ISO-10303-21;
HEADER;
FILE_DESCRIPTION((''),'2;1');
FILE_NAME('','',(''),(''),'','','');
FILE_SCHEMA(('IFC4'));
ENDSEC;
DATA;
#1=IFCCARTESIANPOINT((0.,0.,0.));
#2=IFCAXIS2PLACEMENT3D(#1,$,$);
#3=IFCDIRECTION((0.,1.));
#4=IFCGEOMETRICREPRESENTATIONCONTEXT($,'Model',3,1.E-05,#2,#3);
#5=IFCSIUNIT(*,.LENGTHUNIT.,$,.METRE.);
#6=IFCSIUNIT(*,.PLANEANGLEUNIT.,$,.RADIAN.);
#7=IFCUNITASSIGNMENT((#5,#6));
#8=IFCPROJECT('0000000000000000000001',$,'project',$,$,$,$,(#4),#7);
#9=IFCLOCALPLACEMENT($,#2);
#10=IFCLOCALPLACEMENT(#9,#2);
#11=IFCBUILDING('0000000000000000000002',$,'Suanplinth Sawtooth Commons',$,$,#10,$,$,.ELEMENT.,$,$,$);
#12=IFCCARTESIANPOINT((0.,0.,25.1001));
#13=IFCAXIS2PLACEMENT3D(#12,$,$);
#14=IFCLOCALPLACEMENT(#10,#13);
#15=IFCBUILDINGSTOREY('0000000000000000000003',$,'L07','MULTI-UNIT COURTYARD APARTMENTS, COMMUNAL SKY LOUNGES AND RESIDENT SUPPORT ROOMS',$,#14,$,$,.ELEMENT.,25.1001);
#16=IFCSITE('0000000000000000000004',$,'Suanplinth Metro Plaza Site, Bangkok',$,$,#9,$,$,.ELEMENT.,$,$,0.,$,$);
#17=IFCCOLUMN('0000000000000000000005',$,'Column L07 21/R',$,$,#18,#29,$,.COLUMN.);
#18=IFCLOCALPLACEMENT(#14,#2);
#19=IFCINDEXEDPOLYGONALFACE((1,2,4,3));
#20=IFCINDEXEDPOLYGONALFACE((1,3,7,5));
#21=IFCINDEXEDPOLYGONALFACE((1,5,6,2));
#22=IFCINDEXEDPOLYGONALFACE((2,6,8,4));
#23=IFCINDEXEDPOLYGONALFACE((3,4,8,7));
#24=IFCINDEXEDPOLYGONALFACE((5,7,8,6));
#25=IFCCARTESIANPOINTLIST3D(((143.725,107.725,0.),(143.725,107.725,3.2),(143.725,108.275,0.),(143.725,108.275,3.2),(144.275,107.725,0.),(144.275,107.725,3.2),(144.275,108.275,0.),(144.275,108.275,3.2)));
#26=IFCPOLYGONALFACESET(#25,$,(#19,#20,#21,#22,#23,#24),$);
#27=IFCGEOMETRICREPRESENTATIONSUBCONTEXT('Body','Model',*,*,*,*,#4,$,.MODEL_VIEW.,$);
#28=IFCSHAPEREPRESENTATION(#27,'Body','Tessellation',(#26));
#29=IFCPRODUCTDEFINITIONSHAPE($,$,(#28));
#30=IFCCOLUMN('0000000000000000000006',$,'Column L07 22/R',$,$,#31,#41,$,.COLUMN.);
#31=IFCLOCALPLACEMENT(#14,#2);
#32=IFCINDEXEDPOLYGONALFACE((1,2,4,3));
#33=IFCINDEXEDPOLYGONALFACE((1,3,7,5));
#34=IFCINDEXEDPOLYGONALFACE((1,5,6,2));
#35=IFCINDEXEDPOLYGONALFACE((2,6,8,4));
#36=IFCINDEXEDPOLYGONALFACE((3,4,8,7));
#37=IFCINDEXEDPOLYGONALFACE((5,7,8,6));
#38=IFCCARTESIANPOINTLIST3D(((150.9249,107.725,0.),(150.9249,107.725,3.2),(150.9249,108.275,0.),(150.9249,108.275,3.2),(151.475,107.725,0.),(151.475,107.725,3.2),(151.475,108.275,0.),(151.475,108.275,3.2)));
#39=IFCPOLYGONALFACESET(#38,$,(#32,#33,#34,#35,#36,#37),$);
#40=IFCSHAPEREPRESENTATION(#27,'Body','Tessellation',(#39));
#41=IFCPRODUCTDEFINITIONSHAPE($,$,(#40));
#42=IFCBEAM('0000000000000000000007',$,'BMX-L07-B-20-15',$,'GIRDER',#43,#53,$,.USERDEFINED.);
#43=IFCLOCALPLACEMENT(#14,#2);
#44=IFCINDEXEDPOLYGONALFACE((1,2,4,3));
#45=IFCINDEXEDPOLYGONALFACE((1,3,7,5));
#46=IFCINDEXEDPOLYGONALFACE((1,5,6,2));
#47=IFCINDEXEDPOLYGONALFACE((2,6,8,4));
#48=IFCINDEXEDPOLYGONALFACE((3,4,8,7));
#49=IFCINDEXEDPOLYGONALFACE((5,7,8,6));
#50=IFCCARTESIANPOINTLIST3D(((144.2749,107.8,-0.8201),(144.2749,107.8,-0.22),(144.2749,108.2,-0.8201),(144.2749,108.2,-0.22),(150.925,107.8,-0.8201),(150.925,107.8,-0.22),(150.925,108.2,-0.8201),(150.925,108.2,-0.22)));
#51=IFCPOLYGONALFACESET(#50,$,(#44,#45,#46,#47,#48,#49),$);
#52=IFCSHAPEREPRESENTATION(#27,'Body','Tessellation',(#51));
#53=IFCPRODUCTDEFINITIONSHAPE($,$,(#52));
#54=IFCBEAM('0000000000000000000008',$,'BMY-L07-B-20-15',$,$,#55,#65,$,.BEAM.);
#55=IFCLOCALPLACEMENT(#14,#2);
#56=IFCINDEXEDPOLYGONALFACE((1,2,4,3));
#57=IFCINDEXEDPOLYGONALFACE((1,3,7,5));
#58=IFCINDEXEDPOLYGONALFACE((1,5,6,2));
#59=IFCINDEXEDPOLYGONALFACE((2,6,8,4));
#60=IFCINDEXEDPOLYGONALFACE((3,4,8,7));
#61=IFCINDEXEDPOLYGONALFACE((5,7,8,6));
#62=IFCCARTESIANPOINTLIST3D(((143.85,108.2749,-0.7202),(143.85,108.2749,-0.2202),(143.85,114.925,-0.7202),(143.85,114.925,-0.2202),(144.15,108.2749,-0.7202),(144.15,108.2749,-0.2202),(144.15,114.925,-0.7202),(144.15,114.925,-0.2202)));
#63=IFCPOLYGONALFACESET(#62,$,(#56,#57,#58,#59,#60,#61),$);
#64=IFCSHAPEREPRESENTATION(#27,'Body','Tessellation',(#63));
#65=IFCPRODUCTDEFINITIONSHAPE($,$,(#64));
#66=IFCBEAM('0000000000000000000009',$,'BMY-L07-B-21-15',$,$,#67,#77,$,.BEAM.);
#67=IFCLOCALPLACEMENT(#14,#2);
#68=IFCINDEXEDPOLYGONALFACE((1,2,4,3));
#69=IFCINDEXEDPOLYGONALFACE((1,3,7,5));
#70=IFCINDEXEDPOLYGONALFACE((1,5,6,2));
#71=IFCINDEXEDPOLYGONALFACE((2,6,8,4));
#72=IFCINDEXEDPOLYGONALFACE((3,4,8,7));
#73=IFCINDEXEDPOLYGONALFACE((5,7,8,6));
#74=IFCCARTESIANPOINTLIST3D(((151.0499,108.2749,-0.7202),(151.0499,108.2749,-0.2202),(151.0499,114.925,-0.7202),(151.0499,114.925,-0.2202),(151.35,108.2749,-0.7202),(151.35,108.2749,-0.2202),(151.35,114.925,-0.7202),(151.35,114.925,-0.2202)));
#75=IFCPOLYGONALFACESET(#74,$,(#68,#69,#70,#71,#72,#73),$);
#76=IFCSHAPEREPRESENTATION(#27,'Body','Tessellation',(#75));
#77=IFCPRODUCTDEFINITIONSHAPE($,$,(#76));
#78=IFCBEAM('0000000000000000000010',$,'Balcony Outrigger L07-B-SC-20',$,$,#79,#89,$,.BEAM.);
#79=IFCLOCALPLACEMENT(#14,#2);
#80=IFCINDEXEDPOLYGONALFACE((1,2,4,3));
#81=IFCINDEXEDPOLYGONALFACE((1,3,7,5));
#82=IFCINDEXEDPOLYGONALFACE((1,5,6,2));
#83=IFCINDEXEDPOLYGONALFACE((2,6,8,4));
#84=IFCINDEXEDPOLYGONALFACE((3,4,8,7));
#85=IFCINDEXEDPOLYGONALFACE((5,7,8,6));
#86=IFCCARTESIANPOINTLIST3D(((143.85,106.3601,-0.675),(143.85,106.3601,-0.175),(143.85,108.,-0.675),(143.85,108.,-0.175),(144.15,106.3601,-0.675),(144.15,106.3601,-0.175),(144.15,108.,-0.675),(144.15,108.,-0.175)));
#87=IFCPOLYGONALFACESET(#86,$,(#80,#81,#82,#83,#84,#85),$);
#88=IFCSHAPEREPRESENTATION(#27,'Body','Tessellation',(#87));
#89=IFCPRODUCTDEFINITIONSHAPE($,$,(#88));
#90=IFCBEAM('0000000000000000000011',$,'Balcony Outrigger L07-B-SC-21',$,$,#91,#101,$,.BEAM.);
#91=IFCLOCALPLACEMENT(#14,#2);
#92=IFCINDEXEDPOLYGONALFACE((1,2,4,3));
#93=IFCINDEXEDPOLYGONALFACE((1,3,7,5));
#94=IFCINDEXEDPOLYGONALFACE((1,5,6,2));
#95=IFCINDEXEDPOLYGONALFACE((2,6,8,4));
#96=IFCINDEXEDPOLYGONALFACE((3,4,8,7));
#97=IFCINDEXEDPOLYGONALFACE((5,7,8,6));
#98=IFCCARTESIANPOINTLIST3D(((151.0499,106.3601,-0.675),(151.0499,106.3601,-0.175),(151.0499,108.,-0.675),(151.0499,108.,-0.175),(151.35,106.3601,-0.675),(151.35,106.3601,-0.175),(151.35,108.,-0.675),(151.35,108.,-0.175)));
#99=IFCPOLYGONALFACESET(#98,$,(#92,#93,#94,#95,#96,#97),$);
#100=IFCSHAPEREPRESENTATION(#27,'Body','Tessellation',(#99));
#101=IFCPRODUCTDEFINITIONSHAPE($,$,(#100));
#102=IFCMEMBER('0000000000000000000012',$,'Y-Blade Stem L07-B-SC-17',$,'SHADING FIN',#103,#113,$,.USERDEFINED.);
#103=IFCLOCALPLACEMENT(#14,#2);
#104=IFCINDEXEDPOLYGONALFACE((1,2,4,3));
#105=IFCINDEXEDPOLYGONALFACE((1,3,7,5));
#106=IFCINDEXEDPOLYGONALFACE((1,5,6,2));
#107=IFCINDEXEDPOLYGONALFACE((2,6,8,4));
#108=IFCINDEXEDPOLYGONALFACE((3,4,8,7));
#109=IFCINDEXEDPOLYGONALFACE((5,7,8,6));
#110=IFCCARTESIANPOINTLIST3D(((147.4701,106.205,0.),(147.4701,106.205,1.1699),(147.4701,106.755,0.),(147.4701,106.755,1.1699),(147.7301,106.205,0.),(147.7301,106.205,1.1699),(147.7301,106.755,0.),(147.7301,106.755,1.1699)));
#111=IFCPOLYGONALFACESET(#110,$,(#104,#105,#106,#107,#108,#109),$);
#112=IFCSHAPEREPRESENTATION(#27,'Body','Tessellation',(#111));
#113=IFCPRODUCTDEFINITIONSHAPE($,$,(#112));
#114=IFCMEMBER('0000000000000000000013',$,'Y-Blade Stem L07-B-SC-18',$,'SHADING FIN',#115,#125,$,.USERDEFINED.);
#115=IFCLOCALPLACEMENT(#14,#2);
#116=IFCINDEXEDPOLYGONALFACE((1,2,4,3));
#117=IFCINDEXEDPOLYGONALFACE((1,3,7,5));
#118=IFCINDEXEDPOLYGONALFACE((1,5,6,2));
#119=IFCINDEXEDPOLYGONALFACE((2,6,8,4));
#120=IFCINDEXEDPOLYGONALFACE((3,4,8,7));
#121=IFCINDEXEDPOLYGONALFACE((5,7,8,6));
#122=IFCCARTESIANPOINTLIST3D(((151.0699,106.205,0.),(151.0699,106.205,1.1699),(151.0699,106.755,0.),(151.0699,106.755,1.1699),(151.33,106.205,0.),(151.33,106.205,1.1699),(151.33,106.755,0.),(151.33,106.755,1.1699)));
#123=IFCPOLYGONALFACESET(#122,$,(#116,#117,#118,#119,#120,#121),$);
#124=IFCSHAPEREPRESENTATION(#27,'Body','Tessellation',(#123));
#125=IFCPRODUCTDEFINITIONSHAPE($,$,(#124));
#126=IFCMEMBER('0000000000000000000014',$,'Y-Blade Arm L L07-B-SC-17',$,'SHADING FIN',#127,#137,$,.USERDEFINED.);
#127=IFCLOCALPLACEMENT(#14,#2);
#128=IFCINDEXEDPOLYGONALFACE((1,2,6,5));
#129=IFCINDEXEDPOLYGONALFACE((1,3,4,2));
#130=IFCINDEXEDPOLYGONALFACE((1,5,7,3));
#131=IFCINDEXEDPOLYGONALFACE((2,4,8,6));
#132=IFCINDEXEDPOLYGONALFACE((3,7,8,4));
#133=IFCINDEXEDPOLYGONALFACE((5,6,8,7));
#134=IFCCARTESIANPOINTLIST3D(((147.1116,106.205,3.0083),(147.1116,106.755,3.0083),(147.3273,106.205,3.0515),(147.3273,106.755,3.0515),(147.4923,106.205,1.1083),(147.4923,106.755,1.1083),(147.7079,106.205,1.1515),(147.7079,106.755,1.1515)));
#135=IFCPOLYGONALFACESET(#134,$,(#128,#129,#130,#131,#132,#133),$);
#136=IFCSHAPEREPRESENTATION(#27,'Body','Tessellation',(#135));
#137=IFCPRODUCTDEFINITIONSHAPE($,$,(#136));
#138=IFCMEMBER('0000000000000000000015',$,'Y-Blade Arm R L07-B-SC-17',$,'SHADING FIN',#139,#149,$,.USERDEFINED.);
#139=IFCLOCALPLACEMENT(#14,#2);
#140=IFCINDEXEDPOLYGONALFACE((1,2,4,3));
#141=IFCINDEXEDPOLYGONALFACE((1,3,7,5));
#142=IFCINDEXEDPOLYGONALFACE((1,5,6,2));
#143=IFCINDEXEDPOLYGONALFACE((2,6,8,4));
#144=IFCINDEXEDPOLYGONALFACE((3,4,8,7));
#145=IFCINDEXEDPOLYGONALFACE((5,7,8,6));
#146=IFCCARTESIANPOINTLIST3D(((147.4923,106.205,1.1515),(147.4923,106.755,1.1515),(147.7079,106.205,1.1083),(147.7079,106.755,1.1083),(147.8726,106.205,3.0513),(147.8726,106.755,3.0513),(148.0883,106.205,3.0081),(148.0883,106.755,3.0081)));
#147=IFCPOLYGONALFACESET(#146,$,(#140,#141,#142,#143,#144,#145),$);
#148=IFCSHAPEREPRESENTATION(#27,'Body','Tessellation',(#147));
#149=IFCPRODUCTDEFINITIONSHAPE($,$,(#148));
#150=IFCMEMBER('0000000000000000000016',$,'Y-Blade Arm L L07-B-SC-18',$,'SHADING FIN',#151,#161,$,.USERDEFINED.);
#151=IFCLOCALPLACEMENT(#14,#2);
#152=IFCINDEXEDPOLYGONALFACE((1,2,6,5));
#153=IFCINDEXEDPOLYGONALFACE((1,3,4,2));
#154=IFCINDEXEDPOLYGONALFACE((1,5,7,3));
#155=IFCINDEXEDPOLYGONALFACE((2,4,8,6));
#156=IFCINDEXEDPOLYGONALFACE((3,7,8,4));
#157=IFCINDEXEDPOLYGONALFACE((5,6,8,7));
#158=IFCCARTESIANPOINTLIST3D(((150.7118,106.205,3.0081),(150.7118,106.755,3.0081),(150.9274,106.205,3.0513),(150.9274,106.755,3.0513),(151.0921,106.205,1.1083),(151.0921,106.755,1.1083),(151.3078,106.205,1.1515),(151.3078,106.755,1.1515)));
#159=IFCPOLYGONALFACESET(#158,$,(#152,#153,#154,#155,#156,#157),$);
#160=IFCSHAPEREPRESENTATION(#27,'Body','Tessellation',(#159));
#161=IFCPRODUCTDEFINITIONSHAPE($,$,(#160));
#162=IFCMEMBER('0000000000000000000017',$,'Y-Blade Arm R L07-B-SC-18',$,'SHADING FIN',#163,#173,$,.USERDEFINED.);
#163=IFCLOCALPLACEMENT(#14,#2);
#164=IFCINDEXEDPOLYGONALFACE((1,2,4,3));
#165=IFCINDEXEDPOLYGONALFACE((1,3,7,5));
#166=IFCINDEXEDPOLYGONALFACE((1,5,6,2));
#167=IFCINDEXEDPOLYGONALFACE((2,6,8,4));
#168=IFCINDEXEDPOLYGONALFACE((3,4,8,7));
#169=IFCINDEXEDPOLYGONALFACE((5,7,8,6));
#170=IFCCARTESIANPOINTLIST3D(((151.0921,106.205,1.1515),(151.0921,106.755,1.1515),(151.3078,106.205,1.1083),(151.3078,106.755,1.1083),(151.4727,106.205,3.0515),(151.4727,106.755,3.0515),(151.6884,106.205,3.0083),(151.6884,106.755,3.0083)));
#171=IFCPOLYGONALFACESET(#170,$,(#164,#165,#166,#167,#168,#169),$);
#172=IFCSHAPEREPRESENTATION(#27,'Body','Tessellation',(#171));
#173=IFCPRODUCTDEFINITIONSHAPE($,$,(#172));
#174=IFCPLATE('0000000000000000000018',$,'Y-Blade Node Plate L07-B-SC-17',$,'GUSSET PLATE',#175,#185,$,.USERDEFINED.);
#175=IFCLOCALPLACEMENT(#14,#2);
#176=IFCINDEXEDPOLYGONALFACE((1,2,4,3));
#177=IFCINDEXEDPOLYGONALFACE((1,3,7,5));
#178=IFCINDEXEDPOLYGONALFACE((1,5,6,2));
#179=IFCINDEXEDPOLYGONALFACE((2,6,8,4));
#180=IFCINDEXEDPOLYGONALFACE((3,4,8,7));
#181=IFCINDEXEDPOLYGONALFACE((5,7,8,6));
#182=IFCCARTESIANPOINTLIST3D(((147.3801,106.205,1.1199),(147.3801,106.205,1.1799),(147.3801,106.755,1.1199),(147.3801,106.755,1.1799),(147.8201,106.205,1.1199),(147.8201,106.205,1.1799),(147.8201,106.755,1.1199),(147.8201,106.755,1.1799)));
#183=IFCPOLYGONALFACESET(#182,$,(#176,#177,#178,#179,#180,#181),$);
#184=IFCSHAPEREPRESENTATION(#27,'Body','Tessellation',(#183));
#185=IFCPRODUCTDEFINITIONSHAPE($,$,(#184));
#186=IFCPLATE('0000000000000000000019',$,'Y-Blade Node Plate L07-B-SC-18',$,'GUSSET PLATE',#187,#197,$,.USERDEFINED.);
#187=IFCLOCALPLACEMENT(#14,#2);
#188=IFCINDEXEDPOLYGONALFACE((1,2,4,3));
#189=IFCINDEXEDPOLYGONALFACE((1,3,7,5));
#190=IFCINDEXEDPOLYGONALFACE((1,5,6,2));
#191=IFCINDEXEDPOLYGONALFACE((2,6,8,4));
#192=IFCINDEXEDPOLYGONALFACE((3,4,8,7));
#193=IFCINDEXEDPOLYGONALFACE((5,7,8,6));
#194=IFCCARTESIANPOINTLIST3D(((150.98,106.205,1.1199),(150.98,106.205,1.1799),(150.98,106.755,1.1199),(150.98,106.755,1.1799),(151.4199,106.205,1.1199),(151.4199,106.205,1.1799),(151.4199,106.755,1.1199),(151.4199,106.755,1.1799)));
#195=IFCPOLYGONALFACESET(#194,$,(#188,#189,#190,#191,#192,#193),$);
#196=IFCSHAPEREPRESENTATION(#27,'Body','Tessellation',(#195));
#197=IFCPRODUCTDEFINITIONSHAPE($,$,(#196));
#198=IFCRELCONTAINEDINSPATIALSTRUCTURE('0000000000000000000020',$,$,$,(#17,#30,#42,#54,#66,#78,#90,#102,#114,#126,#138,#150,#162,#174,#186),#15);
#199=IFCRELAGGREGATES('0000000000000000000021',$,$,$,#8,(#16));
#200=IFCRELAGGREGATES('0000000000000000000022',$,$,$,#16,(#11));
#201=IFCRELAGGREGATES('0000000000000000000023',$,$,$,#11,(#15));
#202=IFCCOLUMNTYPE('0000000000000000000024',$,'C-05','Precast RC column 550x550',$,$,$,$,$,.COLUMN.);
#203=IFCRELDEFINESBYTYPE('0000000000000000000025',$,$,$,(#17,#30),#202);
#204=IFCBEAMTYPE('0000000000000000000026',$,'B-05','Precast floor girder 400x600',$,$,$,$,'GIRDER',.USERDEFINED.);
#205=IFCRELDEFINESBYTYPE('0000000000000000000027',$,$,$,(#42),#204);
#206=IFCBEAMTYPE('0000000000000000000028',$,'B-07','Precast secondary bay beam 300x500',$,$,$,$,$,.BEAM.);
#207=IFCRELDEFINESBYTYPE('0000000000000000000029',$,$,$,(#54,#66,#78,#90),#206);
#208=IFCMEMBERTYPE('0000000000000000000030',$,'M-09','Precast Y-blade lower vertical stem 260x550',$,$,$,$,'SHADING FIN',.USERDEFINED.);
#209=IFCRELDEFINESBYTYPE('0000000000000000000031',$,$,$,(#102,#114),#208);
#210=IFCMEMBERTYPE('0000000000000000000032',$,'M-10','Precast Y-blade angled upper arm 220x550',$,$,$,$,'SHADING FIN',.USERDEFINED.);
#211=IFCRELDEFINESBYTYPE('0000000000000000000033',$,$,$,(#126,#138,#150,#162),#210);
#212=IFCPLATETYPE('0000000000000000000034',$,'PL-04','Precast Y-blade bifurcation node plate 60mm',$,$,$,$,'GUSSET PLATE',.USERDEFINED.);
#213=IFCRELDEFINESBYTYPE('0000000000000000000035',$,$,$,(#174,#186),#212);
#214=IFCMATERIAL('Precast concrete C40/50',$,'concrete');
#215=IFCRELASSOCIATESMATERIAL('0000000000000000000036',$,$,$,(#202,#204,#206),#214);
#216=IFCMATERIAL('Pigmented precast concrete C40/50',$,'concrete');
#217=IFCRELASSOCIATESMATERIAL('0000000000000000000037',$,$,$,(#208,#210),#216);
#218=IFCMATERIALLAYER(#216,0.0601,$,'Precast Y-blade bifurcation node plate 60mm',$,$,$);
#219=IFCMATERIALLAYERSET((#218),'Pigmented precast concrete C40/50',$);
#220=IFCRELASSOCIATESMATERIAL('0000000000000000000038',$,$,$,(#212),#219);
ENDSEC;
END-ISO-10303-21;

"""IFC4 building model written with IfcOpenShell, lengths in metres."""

from ifc_helpers import new_model, si_unit, direction, frame, origin, origin_2d, place, context, subcontext, project, spatial, rectangle, extrude, material, layer, layer_set, material_profile, profile_set, type_object, element, save


model = new_model("IFC4")

# Units and contexts
model_context = context("Model", 3, precision=1e-05, world=origin(), true_north=direction((0.0, 1.0)))
body_context = subcontext(model_context, "Body", "Model", "MODEL_VIEW")
ifc_project = project(units=[si_unit("LENGTHUNIT", "METRE"), si_unit("PLANEANGLEUNIT", "RADIAN")], contexts=[model_context])

# Site, building, storey
site_placement = place(None, origin())
site = spatial("IfcSite", under=ifc_project, at=site_placement, Name="Suanplinth Metro Plaza Site, Bangkok", CompositionType="ELEMENT", RefElevation=0.0)
building_placement = place(site_placement, origin())
building = spatial("IfcBuilding", under=site, at=building_placement, Name="Suanplinth Sawtooth Commons", CompositionType="ELEMENT")
storey_placement = place(building_placement, frame((0.0, 0.0, 25.1001)))
storey = spatial("IfcBuildingStorey", under=building, at=storey_placement, Name="L07", Description="MULTI-UNIT COURTYARD APARTMENTS, COMMUNAL SKY LOUNGES AND RESIDENT SUPPORT ROOMS", CompositionType="ELEMENT", Elevation=25.1001)

# Columns
ifc_material_1 = material(Name="Precast concrete C40/50", Category="concrete")
ifc_material_profile_1 = material_profile(ifc_material_1, rectangle(XDim=0.55, YDim=0.55, at=origin_2d()), Name="PC-COL 550x550")
ifc_profile_set_1 = profile_set([ifc_material_profile_1], Name="Precast concrete C40/50")
column_type = type_object("IfcColumnType", Name="C-05", Description="Precast RC column 550x550", PredefinedType="COLUMN", material=ifc_profile_set_1)
for number, where, z_axis, x_axis, name in (
    (1, (144.0, 108.0, 0.0), (0.0, 0.0, 1.0), (1.0, 0.0, 0.0), "Column L07 21/R"),
    (2, (151.2, 108.0, 0.0), (0.0, 0.0, 1.0), (1.0, 0.0, 0.0), "Column L07 22/R"),
):
    element("IfcColumn", number, at=place(storey_placement, frame(where, z_axis=z_axis, x_axis=x_axis)), inside=storey, type_object=column_type, Name=name, PredefinedType="COLUMN", context=body_context, shape_type="SweptSolid", body=[
        extrude(rectangle(XDim=0.55, YDim=0.55, at=origin_2d()), origin(), (0.0, 0.0, 1.0), 3.2),
    ])

# Beams
ifc_material_profile_2 = material_profile(ifc_material_1, rectangle(XDim=0.3999, YDim=0.6001, at=origin_2d()), Name="PC-GDR 400x600")
ifc_profile_set_2 = profile_set([ifc_material_profile_2], Name="Precast concrete C40/50")
beam_type_1 = type_object("IfcBeamType", Name="B-05", Description="Precast floor girder 400x600", ElementType="GIRDER", PredefinedType="USERDEFINED", material=ifc_profile_set_2)
beam_placement = place(storey_placement, frame((144.2749, 108.0, -0.52), z_axis=(1.0, 0.0, 0.0), x_axis=(0.0, 1.0, 0.0)))
element("IfcBeam", 3, at=beam_placement, inside=storey, type_object=beam_type_1, Name="BMX-L07-B-20-15", ObjectType="GIRDER", PredefinedType="USERDEFINED", context=body_context, shape_type="SweptSolid", body=[
    extrude(rectangle(XDim=0.3999, YDim=0.6001, at=origin_2d()), origin(), (0.0, 0.0, 1.0), 6.6501),
])
ifc_material_profile_3 = material_profile(ifc_material_1, rectangle(XDim=0.3, YDim=0.5, at=origin_2d()), Name="PC-BM 300x500")
ifc_profile_set_3 = profile_set([ifc_material_profile_3], Name="Precast concrete C40/50")
beam_type_2 = type_object("IfcBeamType", Name="B-07", Description="Precast secondary bay beam 300x500", PredefinedType="BEAM", material=ifc_profile_set_3)
for number, where, z_axis, x_axis, name in (
    (4, (144.0, 108.2749, -0.4702), (0.0, 1.0, 0.0), (-1.0, 0.0, 0.0), "BMY-L07-B-20-15"),
    (5, (151.2, 108.2749, -0.4702), (0.0, 1.0, 0.0), (-1.0, 0.0, 0.0), "BMY-L07-B-21-15"),
):
    element("IfcBeam", number, at=place(storey_placement, frame(where, z_axis=z_axis, x_axis=x_axis)), inside=storey, type_object=beam_type_2, Name=name, PredefinedType="BEAM", context=body_context, shape_type="SweptSolid", body=[
        extrude(rectangle(XDim=0.3, YDim=0.5, at=origin_2d()), origin(), (0.0, 0.0, 1.0), 6.6501),
    ])
for number, where, z_axis, x_axis, name in (
    (6, (144.0, 108.0, -0.425), (0.0, -1.0, 0.0), (1.0, 0.0, 0.0), "Balcony Outrigger L07-B-SC-20"),
    (7, (151.2, 108.0, -0.425), (0.0, -1.0, 0.0), (1.0, 0.0, 0.0), "Balcony Outrigger L07-B-SC-21"),
):
    element("IfcBeam", number, at=place(storey_placement, frame(where, z_axis=z_axis, x_axis=x_axis)), inside=storey, type_object=beam_type_2, Name=name, PredefinedType="BEAM", context=body_context, shape_type="SweptSolid", body=[
        extrude(rectangle(XDim=0.3, YDim=0.5, at=origin_2d()), origin(), (0.0, 0.0, 1.0), 1.6399),
    ])

# Members
ifc_material_2 = material(Name="Pigmented precast concrete C40/50", Category="concrete")
ifc_material_profile_4 = material_profile(ifc_material_2, rectangle(XDim=0.26, YDim=0.55, at=origin_2d()), Name="PC-FIN 260x550")
ifc_profile_set_4 = profile_set([ifc_material_profile_4], Name="Pigmented precast concrete C40/50")
member_type_1 = type_object("IfcMemberType", Name="M-09", Description="Precast Y-blade lower vertical stem 260x550", ElementType="SHADING FIN", PredefinedType="USERDEFINED", material=ifc_profile_set_4)
for number, where, z_axis, x_axis, name in (
    (8, (147.6001, 106.48, 0.0), (0.0, 0.0, 1.0), (1.0, 0.0, 0.0), "Y-Blade Stem L07-B-SC-17"),
    (9, (151.2, 106.48, 0.0), (0.0, 0.0, 1.0), (1.0, 0.0, 0.0), "Y-Blade Stem L07-B-SC-18"),
):
    element("IfcMember", number, at=place(storey_placement, frame(where, z_axis=z_axis, x_axis=x_axis)), inside=storey, type_object=member_type_1, Name=name, ObjectType="SHADING FIN", PredefinedType="USERDEFINED", context=body_context, shape_type="SweptSolid", body=[
        extrude(rectangle(XDim=0.26, YDim=0.55, at=origin_2d()), origin(), (0.0, 0.0, 1.0), 1.1699),
    ])
ifc_material_profile_5 = material_profile(ifc_material_2, rectangle(XDim=0.22, YDim=0.55, at=origin_2d()), Name="PC-FIN 220x550")
ifc_profile_set_5 = profile_set([ifc_material_profile_5], Name="Pigmented precast concrete C40/50")
member_type_2 = type_object("IfcMemberType", Name="M-10", Description="Precast Y-blade angled upper arm 220x550", ElementType="SHADING FIN", PredefinedType="USERDEFINED", material=ifc_profile_set_5)
member_1_placement = place(storey_placement, frame((147.6001, 106.48, 1.1299), z_axis=(-0.196431, 0.0, 0.980518), x_axis=(0.980518, 0.0, 0.196431)))
element("IfcMember", 10, at=member_1_placement, inside=storey, type_object=member_type_2, Name="Y-Blade Arm L L07-B-SC-17", ObjectType="SHADING FIN", PredefinedType="USERDEFINED", context=body_context, shape_type="SweptSolid", body=[
    extrude(rectangle(XDim=0.22, YDim=0.55, at=origin_2d()), origin(), (0.0, 0.0, 1.0), 1.9377),
])
for number, where, z_axis, x_axis, name in (
    (11, (147.6001, 106.48, 1.1299), (0.19631, 0.0, 0.980542), (-0.980542, 0.0, 0.19631), "Y-Blade Arm R L07-B-SC-17"),
    (12, (151.2, 106.48, 1.1299), (-0.19631, 0.0, 0.980542), (0.980542, 0.0, 0.19631), "Y-Blade Arm L L07-B-SC-18"),
):
    element("IfcMember", number, at=place(storey_placement, frame(where, z_axis=z_axis, x_axis=x_axis)), inside=storey, type_object=member_type_2, Name=name, ObjectType="SHADING FIN", PredefinedType="USERDEFINED", context=body_context, shape_type="SweptSolid", body=[
        extrude(rectangle(XDim=0.22, YDim=0.55, at=origin_2d()), origin(), (0.0, 0.0, 1.0), 1.9375),
    ])
member_2_placement = place(storey_placement, frame((151.2, 106.48, 1.1299), z_axis=(0.196431, 0.0, 0.980518), x_axis=(-0.980518, 0.0, 0.196431)))
element("IfcMember", 13, at=member_2_placement, inside=storey, type_object=member_type_2, Name="Y-Blade Arm R L07-B-SC-18", ObjectType="SHADING FIN", PredefinedType="USERDEFINED", context=body_context, shape_type="SweptSolid", body=[
    extrude(rectangle(XDim=0.22, YDim=0.55, at=origin_2d()), origin(), (0.0, 0.0, 1.0), 1.9377),
])

# Plates
ifc_layer_1 = layer(ifc_material_2, 0.0601, Name="Precast Y-blade bifurcation node plate 60mm")
ifc_layer_set_1 = layer_set([ifc_layer_1], Name="Pigmented precast concrete C40/50")
plate_type = type_object("IfcPlateType", Name="PL-04", Description="Precast Y-blade bifurcation node plate 60mm", ElementType="GUSSET PLATE", PredefinedType="USERDEFINED", material=ifc_layer_set_1)
for number, where, z_axis, x_axis, name in (
    (14, (147.6001, 106.48, 1.1199), (0.0, 0.0, 1.0), (1.0, 0.0, 0.0), "Y-Blade Node Plate L07-B-SC-17"),
    (15, (151.2, 106.48, 1.1199), (0.0, 0.0, 1.0), (1.0, 0.0, 0.0), "Y-Blade Node Plate L07-B-SC-18"),
):
    element("IfcPlate", number, at=place(storey_placement, frame(where, z_axis=z_axis, x_axis=x_axis)), inside=storey, type_object=plate_type, Name=name, ObjectType="GUSSET PLATE", PredefinedType="USERDEFINED", context=body_context, shape_type="SweptSolid", body=[
        extrude(rectangle(XDim=0.4399, YDim=0.55, at=origin_2d()), origin(), (0.0, 0.0, 1.0), 0.0601),
    ])

save(model, "model.ifc")
